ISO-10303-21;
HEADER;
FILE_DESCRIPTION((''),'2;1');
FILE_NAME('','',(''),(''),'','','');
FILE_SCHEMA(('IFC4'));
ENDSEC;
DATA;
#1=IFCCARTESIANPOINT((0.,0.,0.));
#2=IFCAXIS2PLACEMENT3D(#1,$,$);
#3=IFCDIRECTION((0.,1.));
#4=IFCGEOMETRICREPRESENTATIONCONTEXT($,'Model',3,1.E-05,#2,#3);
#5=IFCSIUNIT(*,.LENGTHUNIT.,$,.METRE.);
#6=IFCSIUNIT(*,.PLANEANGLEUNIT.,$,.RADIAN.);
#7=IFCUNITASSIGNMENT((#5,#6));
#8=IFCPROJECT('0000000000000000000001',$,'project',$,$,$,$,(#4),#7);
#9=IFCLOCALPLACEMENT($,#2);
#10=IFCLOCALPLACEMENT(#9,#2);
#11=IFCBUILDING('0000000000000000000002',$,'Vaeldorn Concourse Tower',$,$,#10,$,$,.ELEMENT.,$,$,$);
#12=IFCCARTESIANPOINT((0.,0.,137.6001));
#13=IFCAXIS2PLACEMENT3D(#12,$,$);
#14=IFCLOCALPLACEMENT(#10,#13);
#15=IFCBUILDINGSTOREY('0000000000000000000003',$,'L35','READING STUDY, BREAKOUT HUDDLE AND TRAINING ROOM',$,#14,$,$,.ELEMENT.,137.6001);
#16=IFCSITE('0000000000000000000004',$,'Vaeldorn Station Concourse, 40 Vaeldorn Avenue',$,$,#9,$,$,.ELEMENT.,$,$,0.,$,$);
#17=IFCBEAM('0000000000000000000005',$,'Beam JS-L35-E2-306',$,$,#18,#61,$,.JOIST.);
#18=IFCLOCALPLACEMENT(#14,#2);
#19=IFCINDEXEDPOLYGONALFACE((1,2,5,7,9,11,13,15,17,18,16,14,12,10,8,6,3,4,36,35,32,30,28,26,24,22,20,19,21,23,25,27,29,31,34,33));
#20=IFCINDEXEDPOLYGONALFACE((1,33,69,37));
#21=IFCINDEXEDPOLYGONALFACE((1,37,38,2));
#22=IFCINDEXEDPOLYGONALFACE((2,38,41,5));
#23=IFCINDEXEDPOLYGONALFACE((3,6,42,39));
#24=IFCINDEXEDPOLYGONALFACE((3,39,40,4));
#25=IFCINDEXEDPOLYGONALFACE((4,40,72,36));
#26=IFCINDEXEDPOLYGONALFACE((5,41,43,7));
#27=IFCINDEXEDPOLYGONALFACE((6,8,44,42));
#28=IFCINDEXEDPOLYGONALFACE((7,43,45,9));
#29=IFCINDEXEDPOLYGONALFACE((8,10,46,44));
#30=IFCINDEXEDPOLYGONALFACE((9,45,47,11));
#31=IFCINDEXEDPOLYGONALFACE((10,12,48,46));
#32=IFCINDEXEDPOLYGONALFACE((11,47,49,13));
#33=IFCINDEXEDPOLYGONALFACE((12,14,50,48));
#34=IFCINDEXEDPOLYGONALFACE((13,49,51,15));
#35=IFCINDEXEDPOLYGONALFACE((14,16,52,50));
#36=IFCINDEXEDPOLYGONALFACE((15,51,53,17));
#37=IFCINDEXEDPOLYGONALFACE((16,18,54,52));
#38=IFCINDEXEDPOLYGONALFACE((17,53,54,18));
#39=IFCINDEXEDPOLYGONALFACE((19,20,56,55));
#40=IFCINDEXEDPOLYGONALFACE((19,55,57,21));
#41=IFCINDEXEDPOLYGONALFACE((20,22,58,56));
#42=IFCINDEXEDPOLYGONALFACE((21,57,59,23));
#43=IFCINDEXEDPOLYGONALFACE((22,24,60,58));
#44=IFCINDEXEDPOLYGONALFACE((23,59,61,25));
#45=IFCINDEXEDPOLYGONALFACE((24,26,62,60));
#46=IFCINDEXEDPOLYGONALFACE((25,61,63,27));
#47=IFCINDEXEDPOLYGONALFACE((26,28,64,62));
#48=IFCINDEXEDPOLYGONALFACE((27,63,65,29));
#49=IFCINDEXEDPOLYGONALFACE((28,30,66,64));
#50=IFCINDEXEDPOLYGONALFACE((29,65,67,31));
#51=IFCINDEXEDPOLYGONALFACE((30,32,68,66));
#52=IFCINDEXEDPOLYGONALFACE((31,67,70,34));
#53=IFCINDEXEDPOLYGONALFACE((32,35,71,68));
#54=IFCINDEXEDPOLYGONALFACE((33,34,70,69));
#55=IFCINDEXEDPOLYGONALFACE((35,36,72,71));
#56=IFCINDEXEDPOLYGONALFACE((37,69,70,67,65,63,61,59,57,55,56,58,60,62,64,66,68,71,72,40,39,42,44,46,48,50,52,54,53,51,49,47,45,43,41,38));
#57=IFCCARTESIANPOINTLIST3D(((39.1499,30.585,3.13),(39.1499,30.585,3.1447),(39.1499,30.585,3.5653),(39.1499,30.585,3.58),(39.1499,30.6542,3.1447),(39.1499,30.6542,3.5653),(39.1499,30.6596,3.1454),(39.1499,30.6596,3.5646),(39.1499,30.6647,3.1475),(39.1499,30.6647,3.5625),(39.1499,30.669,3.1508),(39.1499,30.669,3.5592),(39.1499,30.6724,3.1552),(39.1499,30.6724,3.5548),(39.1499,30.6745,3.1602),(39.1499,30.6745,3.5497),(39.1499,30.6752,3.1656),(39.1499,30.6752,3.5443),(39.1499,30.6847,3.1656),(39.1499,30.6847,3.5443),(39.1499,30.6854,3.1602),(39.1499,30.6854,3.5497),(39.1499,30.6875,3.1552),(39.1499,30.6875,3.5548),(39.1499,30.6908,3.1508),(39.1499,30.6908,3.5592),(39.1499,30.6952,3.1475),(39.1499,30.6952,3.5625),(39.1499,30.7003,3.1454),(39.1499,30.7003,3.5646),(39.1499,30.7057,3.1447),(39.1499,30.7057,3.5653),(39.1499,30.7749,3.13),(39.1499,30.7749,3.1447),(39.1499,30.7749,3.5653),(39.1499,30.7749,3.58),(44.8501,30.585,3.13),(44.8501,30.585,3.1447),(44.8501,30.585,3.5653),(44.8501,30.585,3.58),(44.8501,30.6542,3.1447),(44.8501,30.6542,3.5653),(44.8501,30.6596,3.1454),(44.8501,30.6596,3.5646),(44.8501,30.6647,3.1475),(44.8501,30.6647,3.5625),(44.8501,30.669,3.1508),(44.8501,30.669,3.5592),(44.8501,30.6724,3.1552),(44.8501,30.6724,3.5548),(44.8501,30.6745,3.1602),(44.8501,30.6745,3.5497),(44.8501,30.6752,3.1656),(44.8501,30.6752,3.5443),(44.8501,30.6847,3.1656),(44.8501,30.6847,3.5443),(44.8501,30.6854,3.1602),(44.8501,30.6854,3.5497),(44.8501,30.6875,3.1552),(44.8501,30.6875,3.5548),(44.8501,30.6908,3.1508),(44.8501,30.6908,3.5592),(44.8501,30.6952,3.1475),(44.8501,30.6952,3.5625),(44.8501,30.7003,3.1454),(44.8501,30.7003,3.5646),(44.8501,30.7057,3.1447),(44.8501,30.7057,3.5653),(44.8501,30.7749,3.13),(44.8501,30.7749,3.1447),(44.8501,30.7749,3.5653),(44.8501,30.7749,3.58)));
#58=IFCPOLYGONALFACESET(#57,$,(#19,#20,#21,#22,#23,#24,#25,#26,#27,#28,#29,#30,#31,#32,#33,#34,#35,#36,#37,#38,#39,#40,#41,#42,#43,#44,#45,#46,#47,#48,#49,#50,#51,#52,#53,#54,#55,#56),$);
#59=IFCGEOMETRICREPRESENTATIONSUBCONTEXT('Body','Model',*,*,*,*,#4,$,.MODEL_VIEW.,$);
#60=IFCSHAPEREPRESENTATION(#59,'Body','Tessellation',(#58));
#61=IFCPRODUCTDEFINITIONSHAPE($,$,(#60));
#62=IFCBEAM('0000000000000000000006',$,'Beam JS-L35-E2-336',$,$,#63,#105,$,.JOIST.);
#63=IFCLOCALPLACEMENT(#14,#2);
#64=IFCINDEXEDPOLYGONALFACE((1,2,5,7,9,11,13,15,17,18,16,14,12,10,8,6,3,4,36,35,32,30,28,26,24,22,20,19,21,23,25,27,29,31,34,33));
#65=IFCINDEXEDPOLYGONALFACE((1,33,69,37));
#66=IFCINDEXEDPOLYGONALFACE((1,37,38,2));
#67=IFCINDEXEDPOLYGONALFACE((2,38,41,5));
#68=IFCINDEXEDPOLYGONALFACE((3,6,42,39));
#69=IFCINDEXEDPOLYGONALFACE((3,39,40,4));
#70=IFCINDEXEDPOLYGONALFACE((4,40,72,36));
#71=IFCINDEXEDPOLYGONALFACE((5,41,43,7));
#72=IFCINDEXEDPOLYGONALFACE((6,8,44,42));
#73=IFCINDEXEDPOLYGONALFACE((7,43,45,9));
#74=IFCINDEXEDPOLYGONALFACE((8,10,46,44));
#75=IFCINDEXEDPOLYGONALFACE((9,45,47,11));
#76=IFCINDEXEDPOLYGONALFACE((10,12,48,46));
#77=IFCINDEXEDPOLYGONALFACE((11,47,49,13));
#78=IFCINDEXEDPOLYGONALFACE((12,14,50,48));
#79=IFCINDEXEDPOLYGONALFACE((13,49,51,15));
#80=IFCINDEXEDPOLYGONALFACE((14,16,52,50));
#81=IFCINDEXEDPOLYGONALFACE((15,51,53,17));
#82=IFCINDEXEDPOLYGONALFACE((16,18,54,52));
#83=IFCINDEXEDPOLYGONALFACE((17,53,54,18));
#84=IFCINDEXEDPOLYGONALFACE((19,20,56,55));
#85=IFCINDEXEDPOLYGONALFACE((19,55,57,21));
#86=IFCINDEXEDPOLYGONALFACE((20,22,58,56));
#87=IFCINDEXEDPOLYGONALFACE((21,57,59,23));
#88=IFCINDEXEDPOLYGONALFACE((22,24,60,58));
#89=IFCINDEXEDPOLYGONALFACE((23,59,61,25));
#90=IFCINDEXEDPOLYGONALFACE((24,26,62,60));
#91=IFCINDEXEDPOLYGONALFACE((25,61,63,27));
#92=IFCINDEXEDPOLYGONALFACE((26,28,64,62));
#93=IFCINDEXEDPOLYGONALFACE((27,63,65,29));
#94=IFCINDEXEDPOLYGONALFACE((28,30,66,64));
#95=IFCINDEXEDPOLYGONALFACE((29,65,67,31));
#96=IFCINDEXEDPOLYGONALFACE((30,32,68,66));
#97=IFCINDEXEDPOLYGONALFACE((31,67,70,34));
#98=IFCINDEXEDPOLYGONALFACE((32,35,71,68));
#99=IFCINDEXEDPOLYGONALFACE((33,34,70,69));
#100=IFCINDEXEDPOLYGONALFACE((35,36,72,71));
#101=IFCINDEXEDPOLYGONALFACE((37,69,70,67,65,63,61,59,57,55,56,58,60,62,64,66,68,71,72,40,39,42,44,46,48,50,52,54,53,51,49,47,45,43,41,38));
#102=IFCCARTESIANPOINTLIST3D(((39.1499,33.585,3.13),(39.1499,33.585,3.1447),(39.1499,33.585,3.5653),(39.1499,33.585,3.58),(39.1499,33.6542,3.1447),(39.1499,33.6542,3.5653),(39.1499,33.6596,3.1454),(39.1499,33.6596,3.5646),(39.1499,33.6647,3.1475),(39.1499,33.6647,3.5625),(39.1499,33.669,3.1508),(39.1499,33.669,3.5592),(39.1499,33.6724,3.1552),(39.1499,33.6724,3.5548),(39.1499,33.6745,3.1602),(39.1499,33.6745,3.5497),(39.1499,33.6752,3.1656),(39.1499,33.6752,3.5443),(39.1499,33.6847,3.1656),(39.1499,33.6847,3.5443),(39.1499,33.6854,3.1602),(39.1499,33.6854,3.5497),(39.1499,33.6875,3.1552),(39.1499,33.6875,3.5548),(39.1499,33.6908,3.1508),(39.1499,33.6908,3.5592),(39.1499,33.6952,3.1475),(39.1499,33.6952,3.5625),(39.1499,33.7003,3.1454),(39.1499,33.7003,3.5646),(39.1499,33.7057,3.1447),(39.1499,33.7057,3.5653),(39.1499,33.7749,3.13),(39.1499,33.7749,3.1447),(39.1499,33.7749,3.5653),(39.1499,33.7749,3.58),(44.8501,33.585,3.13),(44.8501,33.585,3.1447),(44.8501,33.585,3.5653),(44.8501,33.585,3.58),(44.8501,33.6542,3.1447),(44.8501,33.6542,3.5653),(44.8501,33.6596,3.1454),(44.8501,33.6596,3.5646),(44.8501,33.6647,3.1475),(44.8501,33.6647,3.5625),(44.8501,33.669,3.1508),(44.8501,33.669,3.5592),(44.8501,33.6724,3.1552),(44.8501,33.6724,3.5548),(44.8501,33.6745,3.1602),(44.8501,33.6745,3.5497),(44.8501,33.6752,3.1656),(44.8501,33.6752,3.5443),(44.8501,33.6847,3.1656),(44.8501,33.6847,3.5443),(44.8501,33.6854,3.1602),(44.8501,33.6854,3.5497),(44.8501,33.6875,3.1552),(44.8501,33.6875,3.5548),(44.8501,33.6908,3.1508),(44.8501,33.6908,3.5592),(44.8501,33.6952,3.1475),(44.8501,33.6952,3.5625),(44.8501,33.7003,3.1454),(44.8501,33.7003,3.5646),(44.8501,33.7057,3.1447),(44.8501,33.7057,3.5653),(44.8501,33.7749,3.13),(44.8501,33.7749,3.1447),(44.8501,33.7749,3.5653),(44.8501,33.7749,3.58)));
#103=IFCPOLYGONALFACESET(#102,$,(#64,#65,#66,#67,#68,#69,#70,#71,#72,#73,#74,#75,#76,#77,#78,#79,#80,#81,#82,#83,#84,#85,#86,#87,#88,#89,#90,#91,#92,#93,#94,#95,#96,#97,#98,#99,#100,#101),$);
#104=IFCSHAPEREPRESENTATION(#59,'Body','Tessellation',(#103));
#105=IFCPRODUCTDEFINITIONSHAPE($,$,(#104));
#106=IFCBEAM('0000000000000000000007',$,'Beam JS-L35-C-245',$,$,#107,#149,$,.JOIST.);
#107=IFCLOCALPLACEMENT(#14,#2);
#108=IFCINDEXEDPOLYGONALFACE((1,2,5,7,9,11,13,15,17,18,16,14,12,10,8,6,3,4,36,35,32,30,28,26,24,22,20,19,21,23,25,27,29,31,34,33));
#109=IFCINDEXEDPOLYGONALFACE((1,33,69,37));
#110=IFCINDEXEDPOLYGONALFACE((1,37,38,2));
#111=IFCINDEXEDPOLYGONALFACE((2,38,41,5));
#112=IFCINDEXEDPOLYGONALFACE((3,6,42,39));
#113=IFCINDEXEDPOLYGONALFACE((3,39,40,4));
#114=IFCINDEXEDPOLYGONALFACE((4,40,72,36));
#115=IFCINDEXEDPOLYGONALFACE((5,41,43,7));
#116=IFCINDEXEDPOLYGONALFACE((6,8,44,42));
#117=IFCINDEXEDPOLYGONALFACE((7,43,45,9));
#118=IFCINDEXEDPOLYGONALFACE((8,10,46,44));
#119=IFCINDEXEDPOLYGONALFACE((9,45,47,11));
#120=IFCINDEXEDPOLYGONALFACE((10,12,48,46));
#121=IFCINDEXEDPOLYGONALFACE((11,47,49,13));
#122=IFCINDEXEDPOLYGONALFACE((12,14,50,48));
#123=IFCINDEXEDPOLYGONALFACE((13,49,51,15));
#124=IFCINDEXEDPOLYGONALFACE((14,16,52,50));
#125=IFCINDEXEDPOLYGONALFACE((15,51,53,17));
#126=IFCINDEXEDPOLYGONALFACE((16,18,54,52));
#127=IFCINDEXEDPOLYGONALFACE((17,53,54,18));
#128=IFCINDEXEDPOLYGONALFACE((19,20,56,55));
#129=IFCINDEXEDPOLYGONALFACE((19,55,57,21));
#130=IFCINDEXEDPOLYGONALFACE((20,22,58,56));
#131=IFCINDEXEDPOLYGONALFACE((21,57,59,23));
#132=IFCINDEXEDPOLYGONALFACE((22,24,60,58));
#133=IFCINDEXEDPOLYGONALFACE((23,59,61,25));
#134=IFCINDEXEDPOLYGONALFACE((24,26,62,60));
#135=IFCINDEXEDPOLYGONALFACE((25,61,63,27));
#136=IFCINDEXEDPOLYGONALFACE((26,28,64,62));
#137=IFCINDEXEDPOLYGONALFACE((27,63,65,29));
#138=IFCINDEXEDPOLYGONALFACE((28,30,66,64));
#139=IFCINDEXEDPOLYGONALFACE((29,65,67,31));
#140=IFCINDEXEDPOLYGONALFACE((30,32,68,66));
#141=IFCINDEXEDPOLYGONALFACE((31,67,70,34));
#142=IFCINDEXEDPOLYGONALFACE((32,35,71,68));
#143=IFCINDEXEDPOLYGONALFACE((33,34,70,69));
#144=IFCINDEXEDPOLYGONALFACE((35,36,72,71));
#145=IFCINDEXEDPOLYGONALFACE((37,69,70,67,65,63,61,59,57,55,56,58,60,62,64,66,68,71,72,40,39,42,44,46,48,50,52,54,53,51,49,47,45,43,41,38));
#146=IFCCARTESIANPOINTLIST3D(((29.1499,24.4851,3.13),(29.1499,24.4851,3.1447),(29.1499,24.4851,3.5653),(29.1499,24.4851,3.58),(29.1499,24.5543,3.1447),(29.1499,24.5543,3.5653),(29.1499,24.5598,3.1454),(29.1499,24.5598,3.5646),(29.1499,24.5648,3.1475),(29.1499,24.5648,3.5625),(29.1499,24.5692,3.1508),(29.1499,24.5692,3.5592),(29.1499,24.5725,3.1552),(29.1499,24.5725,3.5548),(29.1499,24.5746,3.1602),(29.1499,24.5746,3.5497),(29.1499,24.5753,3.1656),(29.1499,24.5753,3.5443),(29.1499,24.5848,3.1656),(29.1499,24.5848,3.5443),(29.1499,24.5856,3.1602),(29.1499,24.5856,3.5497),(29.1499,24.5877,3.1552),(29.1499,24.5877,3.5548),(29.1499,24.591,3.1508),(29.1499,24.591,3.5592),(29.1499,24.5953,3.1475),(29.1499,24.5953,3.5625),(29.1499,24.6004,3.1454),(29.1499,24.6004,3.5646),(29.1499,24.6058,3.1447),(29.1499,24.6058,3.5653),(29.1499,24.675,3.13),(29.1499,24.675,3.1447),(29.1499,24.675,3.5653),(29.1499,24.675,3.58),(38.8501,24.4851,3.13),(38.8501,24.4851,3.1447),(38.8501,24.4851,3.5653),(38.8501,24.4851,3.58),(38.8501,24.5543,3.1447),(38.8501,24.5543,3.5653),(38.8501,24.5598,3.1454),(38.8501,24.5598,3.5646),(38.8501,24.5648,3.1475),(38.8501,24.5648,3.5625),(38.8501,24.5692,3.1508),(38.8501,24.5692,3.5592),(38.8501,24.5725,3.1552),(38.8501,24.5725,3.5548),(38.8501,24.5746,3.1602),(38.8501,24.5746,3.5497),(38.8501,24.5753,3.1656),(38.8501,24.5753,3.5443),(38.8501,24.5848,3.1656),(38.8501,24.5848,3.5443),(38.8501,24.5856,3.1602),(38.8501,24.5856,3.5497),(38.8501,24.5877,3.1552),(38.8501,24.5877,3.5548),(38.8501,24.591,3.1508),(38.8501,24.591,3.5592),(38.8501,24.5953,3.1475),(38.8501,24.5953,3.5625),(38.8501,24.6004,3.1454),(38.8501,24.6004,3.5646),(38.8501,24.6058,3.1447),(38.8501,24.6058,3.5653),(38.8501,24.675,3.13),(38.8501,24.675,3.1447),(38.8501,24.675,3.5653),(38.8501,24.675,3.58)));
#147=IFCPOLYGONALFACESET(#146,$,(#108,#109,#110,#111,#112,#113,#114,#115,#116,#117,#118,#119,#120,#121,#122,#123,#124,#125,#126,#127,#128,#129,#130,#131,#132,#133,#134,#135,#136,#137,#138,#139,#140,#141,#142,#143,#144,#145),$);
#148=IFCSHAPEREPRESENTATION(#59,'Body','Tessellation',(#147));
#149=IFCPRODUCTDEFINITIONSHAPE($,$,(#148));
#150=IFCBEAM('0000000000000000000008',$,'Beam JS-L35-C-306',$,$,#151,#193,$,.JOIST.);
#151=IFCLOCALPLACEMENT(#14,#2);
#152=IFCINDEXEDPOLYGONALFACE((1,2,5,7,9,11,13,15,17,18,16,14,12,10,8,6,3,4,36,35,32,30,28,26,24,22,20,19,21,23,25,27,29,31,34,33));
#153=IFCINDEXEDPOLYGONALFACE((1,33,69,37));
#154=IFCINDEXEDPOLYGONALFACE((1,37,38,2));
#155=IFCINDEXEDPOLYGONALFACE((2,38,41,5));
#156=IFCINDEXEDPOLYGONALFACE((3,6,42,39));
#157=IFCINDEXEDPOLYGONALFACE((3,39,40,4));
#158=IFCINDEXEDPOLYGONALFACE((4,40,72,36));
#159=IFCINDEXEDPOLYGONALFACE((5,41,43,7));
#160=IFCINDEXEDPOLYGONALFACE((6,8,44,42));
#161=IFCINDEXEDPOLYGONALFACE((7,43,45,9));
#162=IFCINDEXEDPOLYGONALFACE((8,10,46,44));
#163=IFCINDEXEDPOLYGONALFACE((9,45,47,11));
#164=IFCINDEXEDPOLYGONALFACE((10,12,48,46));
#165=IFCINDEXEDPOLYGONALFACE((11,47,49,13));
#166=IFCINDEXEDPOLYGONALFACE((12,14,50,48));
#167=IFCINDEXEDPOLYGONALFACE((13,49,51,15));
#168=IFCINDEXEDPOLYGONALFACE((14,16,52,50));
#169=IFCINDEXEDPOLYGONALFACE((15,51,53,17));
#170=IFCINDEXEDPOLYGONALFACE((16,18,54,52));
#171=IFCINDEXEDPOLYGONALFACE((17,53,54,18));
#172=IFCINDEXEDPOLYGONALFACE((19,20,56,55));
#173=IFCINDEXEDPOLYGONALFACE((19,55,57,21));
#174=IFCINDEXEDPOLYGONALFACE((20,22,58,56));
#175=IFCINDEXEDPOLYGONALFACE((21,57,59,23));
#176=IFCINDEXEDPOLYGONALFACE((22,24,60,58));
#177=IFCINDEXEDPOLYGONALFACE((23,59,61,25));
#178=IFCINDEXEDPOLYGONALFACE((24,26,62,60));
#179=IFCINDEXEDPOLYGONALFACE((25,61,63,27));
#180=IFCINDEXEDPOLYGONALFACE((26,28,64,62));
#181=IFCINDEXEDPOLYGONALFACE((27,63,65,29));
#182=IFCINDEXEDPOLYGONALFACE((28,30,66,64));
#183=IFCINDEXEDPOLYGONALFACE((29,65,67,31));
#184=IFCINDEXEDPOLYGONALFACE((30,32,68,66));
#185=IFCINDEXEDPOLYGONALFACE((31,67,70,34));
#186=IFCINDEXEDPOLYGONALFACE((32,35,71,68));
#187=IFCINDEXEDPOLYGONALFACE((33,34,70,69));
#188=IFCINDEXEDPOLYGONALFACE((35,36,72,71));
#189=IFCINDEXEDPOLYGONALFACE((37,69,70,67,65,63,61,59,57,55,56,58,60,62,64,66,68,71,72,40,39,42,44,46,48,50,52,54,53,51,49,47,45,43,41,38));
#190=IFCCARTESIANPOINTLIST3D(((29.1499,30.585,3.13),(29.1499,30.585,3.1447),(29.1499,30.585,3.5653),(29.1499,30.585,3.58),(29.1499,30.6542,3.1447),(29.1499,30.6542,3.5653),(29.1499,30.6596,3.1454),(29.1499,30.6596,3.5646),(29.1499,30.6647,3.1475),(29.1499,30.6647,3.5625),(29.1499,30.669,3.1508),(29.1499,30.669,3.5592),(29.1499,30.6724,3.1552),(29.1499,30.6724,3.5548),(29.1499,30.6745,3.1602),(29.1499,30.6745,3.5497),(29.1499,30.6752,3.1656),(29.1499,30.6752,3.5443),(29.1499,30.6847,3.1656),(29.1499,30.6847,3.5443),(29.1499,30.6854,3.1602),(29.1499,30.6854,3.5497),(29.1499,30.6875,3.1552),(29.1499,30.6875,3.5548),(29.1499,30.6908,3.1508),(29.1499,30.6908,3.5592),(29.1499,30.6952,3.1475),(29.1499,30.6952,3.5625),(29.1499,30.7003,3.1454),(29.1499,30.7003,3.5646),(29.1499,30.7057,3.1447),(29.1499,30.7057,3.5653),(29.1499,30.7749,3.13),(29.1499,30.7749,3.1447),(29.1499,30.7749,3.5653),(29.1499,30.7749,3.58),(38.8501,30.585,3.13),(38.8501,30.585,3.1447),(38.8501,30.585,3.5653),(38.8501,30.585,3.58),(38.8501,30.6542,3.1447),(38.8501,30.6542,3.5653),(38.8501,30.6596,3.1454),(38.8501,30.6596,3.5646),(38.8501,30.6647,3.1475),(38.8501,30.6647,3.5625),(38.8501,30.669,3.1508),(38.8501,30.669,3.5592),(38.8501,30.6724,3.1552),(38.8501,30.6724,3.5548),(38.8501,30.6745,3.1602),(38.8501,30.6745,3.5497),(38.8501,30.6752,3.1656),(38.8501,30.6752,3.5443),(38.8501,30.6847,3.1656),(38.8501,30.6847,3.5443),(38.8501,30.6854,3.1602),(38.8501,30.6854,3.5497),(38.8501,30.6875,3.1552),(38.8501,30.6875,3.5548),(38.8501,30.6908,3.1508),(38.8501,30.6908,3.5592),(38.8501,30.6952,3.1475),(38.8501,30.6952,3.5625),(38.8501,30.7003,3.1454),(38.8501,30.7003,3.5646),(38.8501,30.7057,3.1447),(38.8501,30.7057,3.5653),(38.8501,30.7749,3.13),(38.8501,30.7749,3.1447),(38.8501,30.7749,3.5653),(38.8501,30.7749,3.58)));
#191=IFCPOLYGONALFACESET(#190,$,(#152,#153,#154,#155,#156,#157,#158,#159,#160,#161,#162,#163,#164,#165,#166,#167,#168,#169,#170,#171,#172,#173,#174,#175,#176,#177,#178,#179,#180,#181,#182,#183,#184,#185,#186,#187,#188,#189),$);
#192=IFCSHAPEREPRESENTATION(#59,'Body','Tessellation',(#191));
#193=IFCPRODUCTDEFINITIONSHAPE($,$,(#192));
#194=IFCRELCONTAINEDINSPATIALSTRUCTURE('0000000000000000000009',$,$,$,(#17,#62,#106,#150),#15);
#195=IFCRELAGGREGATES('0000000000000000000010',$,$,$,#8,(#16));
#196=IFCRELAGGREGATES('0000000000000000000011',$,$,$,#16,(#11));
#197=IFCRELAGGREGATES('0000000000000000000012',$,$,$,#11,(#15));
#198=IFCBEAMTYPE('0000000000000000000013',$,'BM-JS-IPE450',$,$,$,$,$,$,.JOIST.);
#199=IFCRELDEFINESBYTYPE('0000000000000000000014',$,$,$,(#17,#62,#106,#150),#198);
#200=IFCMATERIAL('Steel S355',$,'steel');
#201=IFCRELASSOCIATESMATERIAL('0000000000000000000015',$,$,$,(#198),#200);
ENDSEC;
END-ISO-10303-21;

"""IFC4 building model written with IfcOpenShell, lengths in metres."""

from ifc_helpers import new_model, si_unit, direction, frame, origin, origin_2d, place, context, subcontext, project, spatial, i_section, extrude, source, transform, mapped, material, material_profile, profile_set, type_object, element, save


model = new_model("IFC4")

# Units and contexts
model_context = context("Model", 3, precision=1e-05, world=origin(), true_north=direction((0.0, 1.0)))
body_context = subcontext(model_context, "Body", "Model", "MODEL_VIEW")
ifc_project = project(units=[si_unit("LENGTHUNIT", "METRE"), si_unit("PLANEANGLEUNIT", "RADIAN")], contexts=[model_context])

# Site, building, storey
site_placement = place(None, origin())
site = spatial("IfcSite", under=ifc_project, at=site_placement, Name="Vaeldorn Station Concourse, 40 Vaeldorn Avenue", CompositionType="ELEMENT", RefElevation=0.0)
building_placement = place(site_placement, origin())
building = spatial("IfcBuilding", under=site, at=building_placement, Name="Vaeldorn Concourse Tower", CompositionType="ELEMENT")
storey_placement = place(building_placement, frame((0.0, 0.0, 137.6001)))
storey = spatial("IfcBuildingStorey", under=building, at=storey_placement, Name="L35", Description="READING STUDY, BREAKOUT HUDDLE AND TRAINING ROOM", CompositionType="ELEMENT", Elevation=137.6001)

# Beams
ifc_material_1 = material(Name="Steel S355", Category="steel")
ifc_material_profile_1 = material_profile(ifc_material_1, i_section(OverallWidth=0.1899, OverallDepth=0.45, WebThickness=0.0095, FlangeThickness=0.0146, FilletRadius=0.021, at=origin_2d()), Name="IPE 450")
ifc_profile_set_1 = profile_set([ifc_material_profile_1], Name="Steel S355")
beam_type_1 = type_object("IfcBeamType", Name="BM-JS-IPE450", PredefinedType="JOIST", material=ifc_profile_set_1)
shared_shape_1 = source(origin(), body_context, "Body", "SweptSolid", [
    extrude(i_section(OverallWidth=0.1899, OverallDepth=0.45, WebThickness=0.0095, FlangeThickness=0.0146, FilletRadius=0.021, at=origin_2d()), origin(), (0.0, 0.0, 1.0), 5.7002),
])
for number, where, z_axis, x_axis, name in (
    (1, (39.1499, 30.6799, 3.355), (1.0, 0.0, 0.0), (0.0, 1.0, 0.0), "Beam JS-L35-E2-306"),
    (2, (39.1499, 33.6799, 3.355), (1.0, 0.0, 0.0), (0.0, 1.0, 0.0), "Beam JS-L35-E2-336"),
):
    element("IfcBeam", number, at=place(storey_placement, frame(where, z_axis=z_axis, x_axis=x_axis)), inside=storey, type_object=beam_type_1, Name=name, PredefinedType="JOIST", context=body_context, shape_type="MappedRepresentation", body=[
        mapped(shared_shape_1, transform((0.0, 0.0, 0.0), scale=1.0)),
    ])
shared_shape_2 = source(origin(), body_context, "Body", "SweptSolid", [
    extrude(i_section(OverallWidth=0.1899, OverallDepth=0.45, WebThickness=0.0095, FlangeThickness=0.0146, FilletRadius=0.021, at=origin_2d()), origin(), (0.0, 0.0, 1.0), 9.7002),
])
for number, where, z_axis, x_axis, name in (
    (3, (29.1499, 24.5801, 3.355), (1.0, 0.0, 0.0), (0.0, 1.0, 0.0), "Beam JS-L35-C-245"),
    (4, (29.1499, 30.6799, 3.355), (1.0, 0.0, 0.0), (0.0, 1.0, 0.0), "Beam JS-L35-C-306"),
):
    element("IfcBeam", number, at=place(storey_placement, frame(where, z_axis=z_axis, x_axis=x_axis)), inside=storey, type_object=beam_type_1, Name=name, PredefinedType="JOIST", context=body_context, shape_type="MappedRepresentation", body=[
        mapped(shared_shape_2, transform((0.0, 0.0, 0.0), scale=1.0)),
    ])

save(model, "model.ifc")
